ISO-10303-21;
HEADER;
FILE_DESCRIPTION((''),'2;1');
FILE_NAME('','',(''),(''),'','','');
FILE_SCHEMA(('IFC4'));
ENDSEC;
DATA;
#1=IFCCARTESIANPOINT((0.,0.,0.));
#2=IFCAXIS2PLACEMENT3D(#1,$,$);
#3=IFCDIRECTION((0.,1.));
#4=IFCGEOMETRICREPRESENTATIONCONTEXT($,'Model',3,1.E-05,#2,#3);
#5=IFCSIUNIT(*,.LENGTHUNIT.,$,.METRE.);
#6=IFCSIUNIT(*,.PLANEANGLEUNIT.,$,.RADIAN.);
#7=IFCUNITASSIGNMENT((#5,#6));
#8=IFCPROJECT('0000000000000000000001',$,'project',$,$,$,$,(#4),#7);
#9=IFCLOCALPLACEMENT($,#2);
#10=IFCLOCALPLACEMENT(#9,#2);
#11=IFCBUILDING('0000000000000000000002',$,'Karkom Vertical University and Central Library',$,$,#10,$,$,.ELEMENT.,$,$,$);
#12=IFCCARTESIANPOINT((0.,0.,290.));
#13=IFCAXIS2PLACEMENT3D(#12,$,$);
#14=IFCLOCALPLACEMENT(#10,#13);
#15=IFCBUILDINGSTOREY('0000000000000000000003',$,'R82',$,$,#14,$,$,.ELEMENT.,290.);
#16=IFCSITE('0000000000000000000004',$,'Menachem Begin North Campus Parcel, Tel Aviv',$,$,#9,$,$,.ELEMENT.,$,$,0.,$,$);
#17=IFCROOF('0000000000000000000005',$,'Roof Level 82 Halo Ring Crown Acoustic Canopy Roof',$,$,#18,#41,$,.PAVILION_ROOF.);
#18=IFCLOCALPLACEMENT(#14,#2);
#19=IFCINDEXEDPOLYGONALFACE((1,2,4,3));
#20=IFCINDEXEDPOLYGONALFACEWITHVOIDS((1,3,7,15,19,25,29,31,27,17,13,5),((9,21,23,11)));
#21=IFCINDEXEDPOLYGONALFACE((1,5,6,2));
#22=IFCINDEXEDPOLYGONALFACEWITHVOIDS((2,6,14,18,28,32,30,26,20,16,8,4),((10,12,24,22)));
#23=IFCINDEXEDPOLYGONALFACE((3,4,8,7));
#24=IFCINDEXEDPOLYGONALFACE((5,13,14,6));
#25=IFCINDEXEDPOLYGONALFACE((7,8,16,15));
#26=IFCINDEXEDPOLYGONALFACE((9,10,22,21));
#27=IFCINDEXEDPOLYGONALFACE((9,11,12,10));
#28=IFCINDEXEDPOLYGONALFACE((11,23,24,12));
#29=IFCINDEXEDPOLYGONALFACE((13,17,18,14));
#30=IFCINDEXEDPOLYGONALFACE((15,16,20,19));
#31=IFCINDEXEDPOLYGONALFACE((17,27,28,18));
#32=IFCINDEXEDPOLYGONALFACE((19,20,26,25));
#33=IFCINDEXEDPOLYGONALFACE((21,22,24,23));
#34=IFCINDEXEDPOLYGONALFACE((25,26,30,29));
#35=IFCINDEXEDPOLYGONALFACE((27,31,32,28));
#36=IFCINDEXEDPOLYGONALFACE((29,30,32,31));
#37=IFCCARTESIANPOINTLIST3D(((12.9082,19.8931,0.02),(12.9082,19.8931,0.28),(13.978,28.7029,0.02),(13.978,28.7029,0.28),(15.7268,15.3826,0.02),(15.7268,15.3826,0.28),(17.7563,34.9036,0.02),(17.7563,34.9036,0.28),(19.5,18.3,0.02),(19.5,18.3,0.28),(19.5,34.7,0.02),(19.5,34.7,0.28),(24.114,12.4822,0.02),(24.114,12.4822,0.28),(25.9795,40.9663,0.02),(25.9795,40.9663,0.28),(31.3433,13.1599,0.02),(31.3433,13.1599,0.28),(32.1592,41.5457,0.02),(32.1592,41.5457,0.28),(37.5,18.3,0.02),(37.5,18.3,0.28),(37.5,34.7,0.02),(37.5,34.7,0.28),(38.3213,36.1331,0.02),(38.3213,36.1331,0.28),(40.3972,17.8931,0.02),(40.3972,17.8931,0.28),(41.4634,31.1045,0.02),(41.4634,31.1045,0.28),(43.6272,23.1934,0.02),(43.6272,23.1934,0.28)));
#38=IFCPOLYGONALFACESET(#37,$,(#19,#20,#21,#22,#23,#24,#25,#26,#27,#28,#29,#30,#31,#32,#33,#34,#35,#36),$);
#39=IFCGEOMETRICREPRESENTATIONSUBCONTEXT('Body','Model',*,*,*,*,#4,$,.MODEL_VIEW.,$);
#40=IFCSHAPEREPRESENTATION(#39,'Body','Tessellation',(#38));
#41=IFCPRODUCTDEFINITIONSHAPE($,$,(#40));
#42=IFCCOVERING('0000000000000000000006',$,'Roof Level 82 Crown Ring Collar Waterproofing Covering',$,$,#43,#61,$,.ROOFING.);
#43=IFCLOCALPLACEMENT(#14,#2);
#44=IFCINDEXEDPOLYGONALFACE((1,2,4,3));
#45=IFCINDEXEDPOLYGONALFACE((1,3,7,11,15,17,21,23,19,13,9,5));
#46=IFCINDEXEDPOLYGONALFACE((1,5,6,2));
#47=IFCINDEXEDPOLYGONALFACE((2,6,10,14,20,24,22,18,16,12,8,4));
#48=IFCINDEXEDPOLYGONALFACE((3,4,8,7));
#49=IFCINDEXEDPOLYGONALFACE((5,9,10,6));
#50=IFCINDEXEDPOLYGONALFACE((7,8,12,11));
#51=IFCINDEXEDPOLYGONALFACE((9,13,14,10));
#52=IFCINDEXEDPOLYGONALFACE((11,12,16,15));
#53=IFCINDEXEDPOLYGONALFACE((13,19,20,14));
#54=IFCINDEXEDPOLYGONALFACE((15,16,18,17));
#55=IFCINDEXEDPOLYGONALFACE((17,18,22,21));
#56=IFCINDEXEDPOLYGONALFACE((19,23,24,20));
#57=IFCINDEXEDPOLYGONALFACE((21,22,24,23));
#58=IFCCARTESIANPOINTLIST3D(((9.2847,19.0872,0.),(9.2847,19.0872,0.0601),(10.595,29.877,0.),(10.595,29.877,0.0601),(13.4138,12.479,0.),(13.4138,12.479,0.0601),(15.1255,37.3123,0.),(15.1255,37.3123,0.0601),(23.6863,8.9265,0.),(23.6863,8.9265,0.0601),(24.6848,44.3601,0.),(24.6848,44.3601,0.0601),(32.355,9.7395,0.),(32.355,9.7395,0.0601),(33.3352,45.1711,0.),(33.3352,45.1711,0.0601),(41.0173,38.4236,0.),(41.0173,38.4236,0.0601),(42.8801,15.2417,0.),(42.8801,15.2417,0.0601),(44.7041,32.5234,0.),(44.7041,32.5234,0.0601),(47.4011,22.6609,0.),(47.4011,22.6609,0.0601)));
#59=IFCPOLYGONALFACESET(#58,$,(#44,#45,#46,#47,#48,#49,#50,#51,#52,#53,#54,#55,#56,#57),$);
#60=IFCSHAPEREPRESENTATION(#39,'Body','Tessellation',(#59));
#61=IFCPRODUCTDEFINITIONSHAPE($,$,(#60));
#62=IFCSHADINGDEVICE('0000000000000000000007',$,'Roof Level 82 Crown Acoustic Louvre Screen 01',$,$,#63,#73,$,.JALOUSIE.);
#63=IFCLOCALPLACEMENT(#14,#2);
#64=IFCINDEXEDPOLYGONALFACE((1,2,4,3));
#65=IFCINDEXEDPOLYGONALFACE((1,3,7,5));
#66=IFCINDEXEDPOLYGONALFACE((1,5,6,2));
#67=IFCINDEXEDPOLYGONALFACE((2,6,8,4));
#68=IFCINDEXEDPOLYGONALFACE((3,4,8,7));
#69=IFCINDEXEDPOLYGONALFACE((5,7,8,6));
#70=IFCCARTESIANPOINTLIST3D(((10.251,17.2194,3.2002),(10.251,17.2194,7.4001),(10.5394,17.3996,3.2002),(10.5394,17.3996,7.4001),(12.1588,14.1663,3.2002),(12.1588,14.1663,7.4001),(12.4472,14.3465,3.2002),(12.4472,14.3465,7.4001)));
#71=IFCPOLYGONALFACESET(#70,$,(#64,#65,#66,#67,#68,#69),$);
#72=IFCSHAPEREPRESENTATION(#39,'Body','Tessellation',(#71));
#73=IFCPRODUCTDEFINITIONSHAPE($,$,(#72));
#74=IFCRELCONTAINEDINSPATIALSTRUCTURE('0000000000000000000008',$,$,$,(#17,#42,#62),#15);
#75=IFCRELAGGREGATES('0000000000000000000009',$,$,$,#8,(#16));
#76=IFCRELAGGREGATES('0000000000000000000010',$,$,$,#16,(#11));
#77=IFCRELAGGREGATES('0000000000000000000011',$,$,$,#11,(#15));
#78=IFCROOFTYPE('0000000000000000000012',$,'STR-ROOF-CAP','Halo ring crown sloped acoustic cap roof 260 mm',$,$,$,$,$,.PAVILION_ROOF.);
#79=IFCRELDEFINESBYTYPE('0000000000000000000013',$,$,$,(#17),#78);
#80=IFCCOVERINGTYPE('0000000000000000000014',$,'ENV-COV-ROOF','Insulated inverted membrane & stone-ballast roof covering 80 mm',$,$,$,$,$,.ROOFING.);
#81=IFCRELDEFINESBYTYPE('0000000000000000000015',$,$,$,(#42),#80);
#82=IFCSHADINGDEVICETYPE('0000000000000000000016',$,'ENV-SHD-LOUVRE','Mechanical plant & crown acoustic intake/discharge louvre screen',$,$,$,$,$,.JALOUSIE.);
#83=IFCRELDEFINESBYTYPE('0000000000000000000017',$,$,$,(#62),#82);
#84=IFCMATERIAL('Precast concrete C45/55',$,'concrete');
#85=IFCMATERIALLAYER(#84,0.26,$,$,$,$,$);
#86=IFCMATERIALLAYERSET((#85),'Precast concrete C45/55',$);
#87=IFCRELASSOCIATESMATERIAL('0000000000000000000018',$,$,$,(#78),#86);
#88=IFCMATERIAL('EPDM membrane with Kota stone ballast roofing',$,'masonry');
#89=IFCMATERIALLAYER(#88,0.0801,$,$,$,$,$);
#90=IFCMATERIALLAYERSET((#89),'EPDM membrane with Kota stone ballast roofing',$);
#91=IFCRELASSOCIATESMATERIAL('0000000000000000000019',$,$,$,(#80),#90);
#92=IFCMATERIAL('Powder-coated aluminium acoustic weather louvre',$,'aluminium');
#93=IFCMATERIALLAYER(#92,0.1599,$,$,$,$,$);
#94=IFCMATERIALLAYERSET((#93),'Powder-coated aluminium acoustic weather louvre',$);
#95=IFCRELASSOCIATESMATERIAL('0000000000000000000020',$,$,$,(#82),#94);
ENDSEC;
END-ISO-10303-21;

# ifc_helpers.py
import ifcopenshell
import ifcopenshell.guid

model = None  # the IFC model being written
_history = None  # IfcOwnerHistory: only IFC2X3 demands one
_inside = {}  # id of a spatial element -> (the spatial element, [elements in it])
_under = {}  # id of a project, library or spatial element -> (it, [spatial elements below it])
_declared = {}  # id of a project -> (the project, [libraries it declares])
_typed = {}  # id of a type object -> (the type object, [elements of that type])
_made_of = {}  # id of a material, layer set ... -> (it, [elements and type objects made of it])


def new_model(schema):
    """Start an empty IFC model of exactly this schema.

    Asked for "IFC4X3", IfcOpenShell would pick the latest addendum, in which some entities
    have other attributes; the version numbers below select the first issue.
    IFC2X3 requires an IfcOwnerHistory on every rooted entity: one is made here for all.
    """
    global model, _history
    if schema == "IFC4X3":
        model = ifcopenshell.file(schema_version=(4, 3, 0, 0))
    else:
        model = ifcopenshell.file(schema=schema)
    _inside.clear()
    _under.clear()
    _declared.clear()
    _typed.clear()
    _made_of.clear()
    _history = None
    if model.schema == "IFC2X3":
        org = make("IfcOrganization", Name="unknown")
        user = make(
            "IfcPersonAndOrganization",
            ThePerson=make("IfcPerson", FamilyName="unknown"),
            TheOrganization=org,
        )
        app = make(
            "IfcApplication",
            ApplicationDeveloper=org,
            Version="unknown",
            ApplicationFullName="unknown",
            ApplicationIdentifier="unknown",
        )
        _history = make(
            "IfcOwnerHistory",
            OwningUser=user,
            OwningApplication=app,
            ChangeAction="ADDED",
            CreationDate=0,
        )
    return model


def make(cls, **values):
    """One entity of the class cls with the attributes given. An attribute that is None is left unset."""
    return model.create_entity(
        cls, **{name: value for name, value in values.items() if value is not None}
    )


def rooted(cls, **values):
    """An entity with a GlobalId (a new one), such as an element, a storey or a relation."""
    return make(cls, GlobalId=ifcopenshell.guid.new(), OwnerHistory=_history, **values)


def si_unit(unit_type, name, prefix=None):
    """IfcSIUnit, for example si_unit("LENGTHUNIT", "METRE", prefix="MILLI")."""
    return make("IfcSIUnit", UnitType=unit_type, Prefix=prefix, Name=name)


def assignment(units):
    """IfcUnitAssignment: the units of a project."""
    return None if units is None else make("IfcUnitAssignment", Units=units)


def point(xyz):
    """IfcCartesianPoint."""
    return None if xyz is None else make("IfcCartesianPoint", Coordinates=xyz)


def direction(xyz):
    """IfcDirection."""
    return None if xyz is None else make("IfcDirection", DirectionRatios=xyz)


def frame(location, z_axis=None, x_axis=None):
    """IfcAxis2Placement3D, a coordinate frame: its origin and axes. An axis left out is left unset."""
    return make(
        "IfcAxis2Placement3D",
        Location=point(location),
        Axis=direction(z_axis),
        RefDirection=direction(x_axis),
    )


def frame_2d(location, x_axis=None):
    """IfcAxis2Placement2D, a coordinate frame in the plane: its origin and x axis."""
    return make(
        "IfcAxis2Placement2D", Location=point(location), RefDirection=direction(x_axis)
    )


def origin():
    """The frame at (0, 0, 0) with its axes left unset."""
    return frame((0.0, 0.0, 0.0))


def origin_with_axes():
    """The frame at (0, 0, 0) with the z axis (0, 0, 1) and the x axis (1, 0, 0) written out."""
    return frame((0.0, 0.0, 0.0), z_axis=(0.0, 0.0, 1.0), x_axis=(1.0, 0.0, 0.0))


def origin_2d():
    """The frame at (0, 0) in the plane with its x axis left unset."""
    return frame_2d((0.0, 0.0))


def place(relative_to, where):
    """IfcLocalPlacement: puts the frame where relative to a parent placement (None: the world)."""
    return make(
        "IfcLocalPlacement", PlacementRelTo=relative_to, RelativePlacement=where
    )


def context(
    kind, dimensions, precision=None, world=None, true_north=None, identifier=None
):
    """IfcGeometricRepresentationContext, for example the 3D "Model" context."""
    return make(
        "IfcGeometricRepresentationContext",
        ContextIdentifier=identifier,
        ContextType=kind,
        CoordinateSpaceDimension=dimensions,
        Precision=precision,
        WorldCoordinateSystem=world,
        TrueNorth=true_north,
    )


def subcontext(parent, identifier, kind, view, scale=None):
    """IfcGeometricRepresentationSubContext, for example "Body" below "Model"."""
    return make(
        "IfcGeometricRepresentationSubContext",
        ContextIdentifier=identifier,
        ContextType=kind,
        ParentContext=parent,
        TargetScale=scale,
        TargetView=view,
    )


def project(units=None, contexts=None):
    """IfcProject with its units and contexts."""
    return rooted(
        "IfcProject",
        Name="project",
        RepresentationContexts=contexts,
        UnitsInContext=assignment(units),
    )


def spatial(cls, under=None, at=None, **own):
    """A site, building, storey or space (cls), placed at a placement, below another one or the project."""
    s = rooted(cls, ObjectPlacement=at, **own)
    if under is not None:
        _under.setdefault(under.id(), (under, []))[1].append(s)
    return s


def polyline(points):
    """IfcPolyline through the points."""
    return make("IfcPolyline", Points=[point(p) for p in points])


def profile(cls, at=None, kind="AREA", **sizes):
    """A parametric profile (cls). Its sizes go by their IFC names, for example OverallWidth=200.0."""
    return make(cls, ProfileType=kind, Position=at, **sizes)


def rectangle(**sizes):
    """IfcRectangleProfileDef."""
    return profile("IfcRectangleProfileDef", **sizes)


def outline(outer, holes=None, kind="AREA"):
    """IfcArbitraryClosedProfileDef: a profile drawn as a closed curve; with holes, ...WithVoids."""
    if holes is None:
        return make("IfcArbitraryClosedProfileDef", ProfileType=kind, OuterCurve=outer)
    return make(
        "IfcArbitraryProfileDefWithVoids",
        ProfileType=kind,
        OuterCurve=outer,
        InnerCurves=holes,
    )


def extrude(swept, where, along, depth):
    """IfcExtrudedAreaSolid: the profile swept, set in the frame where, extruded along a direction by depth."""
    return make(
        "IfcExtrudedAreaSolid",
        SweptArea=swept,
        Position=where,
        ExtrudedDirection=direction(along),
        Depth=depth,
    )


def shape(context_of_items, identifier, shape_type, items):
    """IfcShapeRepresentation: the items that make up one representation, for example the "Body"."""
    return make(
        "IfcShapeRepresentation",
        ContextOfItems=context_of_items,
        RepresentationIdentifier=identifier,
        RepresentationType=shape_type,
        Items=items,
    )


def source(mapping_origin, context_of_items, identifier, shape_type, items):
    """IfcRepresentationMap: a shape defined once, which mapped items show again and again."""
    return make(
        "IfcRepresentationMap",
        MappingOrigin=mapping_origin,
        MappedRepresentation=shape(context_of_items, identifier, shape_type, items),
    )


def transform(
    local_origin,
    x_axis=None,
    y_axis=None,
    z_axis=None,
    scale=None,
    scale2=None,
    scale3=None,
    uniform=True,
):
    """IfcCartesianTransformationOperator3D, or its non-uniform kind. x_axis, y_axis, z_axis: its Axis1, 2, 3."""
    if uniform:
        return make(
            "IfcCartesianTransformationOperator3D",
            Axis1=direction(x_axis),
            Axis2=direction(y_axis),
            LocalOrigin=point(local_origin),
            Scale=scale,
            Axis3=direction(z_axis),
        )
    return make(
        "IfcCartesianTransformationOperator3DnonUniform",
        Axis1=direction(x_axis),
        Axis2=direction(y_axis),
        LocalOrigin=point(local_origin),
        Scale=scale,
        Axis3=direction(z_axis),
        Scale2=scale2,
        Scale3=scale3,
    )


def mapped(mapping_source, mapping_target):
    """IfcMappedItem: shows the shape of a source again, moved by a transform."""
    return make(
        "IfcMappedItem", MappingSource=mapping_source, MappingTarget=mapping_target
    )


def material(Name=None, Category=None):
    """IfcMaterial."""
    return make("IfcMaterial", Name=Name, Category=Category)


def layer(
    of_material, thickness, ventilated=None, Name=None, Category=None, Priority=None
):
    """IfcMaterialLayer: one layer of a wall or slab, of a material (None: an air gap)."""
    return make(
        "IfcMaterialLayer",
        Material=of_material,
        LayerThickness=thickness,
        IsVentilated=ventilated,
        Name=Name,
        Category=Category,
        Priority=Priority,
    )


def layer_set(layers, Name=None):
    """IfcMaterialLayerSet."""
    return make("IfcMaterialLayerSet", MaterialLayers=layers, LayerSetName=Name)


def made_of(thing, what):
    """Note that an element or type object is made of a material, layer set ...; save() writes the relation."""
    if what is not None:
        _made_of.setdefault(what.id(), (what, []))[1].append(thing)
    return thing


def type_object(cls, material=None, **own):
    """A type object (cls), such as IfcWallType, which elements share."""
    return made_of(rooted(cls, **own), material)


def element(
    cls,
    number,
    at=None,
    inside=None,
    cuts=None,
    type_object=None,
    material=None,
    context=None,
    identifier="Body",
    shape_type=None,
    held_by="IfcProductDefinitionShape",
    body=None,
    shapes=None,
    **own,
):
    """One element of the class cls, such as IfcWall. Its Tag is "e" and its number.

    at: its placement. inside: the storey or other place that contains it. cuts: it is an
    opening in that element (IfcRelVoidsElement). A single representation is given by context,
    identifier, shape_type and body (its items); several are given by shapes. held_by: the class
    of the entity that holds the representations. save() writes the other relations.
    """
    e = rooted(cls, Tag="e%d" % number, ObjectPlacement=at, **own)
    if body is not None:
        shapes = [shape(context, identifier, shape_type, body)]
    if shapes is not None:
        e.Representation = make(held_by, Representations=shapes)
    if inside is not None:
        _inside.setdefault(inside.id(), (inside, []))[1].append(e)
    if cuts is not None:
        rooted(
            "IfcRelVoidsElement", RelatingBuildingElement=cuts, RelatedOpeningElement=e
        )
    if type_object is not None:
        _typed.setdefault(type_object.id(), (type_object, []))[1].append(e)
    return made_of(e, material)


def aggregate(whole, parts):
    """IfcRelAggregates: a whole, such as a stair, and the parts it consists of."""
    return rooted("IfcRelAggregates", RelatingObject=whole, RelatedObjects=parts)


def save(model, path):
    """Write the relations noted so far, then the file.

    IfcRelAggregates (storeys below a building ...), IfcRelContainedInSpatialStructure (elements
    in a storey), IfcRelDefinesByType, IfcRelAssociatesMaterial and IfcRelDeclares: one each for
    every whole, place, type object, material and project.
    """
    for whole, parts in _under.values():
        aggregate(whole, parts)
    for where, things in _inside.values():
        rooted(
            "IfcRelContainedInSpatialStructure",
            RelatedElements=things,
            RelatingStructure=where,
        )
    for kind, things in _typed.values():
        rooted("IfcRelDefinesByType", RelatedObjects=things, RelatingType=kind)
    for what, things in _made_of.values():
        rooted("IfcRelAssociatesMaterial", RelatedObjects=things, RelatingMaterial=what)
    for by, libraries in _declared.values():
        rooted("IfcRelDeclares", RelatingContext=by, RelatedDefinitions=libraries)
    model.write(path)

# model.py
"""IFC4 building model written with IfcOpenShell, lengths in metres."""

from ifc_helpers import new_model, si_unit, direction, frame, origin, origin_with_axes, origin_2d, place, context, subcontext, project, spatial, polyline, rectangle, outline, extrude, source, transform, mapped, material, layer, layer_set, type_object, element, save


model = new_model("IFC4")

# Units and contexts
model_context = context("Model", 3, precision=1e-05, world=origin(), true_north=direction((0.0, 1.0)))
body_context = subcontext(model_context, "Body", "Model", "MODEL_VIEW")
ifc_project = project(units=[si_unit("LENGTHUNIT", "METRE"), si_unit("PLANEANGLEUNIT", "RADIAN")], contexts=[model_context])

# Site, building, storey
site_placement = place(None, origin())
site = spatial("IfcSite", under=ifc_project, at=site_placement, Name="Menachem Begin North Campus Parcel, Tel Aviv", CompositionType="ELEMENT", RefElevation=0.0)
building_placement = place(site_placement, origin())
building = spatial("IfcBuilding", under=site, at=building_placement, Name="Karkom Vertical University and Central Library", CompositionType="ELEMENT")
storey_placement = place(building_placement, frame((0.0, 0.0, 290.0)))
storey = spatial("IfcBuildingStorey", under=building, at=storey_placement, Name="R82", CompositionType="ELEMENT", Elevation=290.0)

# Roof
ifc_material_1 = material(Name="Precast concrete C45/55", Category="concrete")
ifc_layer_1 = layer(ifc_material_1, 0.26)
ifc_layer_set_1 = layer_set([ifc_layer_1], Name="Precast concrete C45/55")
roof_type = type_object("IfcRoofType", Name="STR-ROOF-CAP", Description="Halo ring crown sloped acoustic cap roof 260 mm", PredefinedType="PAVILION_ROOF", material=ifc_layer_set_1)
roof_placement = place(storey_placement, frame((0.0, 0.0, 0.02)))
element("IfcRoof", 1, at=roof_placement, inside=storey, type_object=roof_type, Name="Roof Level 82 Halo Ring Crown Acoustic Canopy Roof", PredefinedType="PAVILION_ROOF", context=body_context, shape_type="SweptSolid", body=[
    extrude(outline(polyline([(12.9082, 19.8931), (13.978, 28.7029), (17.7563, 34.9036), (25.9795, 40.9663), (32.1592, 41.5457), (38.3213, 36.1331), (41.4634, 31.1045), (43.6272, 23.1934), (40.3972, 17.8931), (31.3433, 13.1599), (24.114, 12.4822), (15.7268, 15.3826), (12.9082, 19.8931)]), holes=[polyline([(19.5, 18.3), (37.5, 18.3), (37.5, 34.7), (19.5, 34.7), (19.5, 18.3)])]), origin(), (0.0, 0.0, 1.0), 0.26),
])

# Covering
ifc_material_2 = material(Name="EPDM membrane with Kota stone ballast roofing", Category="masonry")
ifc_layer_2 = layer(ifc_material_2, 0.0801)
ifc_layer_set_2 = layer_set([ifc_layer_2], Name="EPDM membrane with Kota stone ballast roofing")
covering_type = type_object("IfcCoveringType", Name="ENV-COV-ROOF", Description="Insulated inverted membrane & stone-ballast roof covering 80 mm", PredefinedType="ROOFING", material=ifc_layer_set_2)
covering_placement = place(storey_placement, origin())
element("IfcCovering", 2, at=covering_placement, inside=storey, type_object=covering_type, Name="Roof Level 82 Crown Ring Collar Waterproofing Covering", PredefinedType="ROOFING", context=body_context, shape_type="SweptSolid", body=[
    extrude(outline(polyline([(9.2847, 19.0872), (13.4138, 12.479), (23.6863, 8.9265), (32.355, 9.7395), (42.8801, 15.2417), (47.4011, 22.6609), (44.7041, 32.5234), (41.0173, 38.4236), (33.3352, 45.1711), (24.6848, 44.3601), (15.1255, 37.3123), (10.595, 29.877), (9.2847, 19.0872)])), origin(), (0.0, 0.0, 1.0), 0.0601),
])

# Shading device
ifc_material_3 = material(Name="Powder-coated aluminium acoustic weather louvre", Category="aluminium")
ifc_layer_3 = layer(ifc_material_3, 0.1599)
ifc_layer_set_3 = layer_set([ifc_layer_3], Name="Powder-coated aluminium acoustic weather louvre")
shading_device_type = type_object("IfcShadingDeviceType", Name="ENV-SHD-LOUVRE", Description="Mechanical plant & crown acoustic intake/discharge louvre screen", PredefinedType="JALOUSIE", material=ifc_layer_set_3)
shared_shape_1 = source(origin_with_axes(), body_context, "Body", "SweptSolid", [
    extrude(rectangle(XDim=3.6001, YDim=0.3401, at=origin_2d()), origin(), (0.0, 0.0, 1.0), 4.2),
])
shading_device_placement = place(storey_placement, frame((11.3491, 15.783, 3.2002), z_axis=(0.0, 0.0, 1.0), x_axis=(0.529919, -0.848048, 0.0)))
element("IfcShadingDevice", 3, at=shading_device_placement, inside=storey, type_object=shading_device_type, Name="Roof Level 82 Crown Acoustic Louvre Screen 01", PredefinedType="JALOUSIE", context=body_context, shape_type="MappedRepresentation", body=[
    mapped(shared_shape_1, transform((0.0, 0.0, 0.0), scale=1.0)),
])

save(model, "model.ifc")
